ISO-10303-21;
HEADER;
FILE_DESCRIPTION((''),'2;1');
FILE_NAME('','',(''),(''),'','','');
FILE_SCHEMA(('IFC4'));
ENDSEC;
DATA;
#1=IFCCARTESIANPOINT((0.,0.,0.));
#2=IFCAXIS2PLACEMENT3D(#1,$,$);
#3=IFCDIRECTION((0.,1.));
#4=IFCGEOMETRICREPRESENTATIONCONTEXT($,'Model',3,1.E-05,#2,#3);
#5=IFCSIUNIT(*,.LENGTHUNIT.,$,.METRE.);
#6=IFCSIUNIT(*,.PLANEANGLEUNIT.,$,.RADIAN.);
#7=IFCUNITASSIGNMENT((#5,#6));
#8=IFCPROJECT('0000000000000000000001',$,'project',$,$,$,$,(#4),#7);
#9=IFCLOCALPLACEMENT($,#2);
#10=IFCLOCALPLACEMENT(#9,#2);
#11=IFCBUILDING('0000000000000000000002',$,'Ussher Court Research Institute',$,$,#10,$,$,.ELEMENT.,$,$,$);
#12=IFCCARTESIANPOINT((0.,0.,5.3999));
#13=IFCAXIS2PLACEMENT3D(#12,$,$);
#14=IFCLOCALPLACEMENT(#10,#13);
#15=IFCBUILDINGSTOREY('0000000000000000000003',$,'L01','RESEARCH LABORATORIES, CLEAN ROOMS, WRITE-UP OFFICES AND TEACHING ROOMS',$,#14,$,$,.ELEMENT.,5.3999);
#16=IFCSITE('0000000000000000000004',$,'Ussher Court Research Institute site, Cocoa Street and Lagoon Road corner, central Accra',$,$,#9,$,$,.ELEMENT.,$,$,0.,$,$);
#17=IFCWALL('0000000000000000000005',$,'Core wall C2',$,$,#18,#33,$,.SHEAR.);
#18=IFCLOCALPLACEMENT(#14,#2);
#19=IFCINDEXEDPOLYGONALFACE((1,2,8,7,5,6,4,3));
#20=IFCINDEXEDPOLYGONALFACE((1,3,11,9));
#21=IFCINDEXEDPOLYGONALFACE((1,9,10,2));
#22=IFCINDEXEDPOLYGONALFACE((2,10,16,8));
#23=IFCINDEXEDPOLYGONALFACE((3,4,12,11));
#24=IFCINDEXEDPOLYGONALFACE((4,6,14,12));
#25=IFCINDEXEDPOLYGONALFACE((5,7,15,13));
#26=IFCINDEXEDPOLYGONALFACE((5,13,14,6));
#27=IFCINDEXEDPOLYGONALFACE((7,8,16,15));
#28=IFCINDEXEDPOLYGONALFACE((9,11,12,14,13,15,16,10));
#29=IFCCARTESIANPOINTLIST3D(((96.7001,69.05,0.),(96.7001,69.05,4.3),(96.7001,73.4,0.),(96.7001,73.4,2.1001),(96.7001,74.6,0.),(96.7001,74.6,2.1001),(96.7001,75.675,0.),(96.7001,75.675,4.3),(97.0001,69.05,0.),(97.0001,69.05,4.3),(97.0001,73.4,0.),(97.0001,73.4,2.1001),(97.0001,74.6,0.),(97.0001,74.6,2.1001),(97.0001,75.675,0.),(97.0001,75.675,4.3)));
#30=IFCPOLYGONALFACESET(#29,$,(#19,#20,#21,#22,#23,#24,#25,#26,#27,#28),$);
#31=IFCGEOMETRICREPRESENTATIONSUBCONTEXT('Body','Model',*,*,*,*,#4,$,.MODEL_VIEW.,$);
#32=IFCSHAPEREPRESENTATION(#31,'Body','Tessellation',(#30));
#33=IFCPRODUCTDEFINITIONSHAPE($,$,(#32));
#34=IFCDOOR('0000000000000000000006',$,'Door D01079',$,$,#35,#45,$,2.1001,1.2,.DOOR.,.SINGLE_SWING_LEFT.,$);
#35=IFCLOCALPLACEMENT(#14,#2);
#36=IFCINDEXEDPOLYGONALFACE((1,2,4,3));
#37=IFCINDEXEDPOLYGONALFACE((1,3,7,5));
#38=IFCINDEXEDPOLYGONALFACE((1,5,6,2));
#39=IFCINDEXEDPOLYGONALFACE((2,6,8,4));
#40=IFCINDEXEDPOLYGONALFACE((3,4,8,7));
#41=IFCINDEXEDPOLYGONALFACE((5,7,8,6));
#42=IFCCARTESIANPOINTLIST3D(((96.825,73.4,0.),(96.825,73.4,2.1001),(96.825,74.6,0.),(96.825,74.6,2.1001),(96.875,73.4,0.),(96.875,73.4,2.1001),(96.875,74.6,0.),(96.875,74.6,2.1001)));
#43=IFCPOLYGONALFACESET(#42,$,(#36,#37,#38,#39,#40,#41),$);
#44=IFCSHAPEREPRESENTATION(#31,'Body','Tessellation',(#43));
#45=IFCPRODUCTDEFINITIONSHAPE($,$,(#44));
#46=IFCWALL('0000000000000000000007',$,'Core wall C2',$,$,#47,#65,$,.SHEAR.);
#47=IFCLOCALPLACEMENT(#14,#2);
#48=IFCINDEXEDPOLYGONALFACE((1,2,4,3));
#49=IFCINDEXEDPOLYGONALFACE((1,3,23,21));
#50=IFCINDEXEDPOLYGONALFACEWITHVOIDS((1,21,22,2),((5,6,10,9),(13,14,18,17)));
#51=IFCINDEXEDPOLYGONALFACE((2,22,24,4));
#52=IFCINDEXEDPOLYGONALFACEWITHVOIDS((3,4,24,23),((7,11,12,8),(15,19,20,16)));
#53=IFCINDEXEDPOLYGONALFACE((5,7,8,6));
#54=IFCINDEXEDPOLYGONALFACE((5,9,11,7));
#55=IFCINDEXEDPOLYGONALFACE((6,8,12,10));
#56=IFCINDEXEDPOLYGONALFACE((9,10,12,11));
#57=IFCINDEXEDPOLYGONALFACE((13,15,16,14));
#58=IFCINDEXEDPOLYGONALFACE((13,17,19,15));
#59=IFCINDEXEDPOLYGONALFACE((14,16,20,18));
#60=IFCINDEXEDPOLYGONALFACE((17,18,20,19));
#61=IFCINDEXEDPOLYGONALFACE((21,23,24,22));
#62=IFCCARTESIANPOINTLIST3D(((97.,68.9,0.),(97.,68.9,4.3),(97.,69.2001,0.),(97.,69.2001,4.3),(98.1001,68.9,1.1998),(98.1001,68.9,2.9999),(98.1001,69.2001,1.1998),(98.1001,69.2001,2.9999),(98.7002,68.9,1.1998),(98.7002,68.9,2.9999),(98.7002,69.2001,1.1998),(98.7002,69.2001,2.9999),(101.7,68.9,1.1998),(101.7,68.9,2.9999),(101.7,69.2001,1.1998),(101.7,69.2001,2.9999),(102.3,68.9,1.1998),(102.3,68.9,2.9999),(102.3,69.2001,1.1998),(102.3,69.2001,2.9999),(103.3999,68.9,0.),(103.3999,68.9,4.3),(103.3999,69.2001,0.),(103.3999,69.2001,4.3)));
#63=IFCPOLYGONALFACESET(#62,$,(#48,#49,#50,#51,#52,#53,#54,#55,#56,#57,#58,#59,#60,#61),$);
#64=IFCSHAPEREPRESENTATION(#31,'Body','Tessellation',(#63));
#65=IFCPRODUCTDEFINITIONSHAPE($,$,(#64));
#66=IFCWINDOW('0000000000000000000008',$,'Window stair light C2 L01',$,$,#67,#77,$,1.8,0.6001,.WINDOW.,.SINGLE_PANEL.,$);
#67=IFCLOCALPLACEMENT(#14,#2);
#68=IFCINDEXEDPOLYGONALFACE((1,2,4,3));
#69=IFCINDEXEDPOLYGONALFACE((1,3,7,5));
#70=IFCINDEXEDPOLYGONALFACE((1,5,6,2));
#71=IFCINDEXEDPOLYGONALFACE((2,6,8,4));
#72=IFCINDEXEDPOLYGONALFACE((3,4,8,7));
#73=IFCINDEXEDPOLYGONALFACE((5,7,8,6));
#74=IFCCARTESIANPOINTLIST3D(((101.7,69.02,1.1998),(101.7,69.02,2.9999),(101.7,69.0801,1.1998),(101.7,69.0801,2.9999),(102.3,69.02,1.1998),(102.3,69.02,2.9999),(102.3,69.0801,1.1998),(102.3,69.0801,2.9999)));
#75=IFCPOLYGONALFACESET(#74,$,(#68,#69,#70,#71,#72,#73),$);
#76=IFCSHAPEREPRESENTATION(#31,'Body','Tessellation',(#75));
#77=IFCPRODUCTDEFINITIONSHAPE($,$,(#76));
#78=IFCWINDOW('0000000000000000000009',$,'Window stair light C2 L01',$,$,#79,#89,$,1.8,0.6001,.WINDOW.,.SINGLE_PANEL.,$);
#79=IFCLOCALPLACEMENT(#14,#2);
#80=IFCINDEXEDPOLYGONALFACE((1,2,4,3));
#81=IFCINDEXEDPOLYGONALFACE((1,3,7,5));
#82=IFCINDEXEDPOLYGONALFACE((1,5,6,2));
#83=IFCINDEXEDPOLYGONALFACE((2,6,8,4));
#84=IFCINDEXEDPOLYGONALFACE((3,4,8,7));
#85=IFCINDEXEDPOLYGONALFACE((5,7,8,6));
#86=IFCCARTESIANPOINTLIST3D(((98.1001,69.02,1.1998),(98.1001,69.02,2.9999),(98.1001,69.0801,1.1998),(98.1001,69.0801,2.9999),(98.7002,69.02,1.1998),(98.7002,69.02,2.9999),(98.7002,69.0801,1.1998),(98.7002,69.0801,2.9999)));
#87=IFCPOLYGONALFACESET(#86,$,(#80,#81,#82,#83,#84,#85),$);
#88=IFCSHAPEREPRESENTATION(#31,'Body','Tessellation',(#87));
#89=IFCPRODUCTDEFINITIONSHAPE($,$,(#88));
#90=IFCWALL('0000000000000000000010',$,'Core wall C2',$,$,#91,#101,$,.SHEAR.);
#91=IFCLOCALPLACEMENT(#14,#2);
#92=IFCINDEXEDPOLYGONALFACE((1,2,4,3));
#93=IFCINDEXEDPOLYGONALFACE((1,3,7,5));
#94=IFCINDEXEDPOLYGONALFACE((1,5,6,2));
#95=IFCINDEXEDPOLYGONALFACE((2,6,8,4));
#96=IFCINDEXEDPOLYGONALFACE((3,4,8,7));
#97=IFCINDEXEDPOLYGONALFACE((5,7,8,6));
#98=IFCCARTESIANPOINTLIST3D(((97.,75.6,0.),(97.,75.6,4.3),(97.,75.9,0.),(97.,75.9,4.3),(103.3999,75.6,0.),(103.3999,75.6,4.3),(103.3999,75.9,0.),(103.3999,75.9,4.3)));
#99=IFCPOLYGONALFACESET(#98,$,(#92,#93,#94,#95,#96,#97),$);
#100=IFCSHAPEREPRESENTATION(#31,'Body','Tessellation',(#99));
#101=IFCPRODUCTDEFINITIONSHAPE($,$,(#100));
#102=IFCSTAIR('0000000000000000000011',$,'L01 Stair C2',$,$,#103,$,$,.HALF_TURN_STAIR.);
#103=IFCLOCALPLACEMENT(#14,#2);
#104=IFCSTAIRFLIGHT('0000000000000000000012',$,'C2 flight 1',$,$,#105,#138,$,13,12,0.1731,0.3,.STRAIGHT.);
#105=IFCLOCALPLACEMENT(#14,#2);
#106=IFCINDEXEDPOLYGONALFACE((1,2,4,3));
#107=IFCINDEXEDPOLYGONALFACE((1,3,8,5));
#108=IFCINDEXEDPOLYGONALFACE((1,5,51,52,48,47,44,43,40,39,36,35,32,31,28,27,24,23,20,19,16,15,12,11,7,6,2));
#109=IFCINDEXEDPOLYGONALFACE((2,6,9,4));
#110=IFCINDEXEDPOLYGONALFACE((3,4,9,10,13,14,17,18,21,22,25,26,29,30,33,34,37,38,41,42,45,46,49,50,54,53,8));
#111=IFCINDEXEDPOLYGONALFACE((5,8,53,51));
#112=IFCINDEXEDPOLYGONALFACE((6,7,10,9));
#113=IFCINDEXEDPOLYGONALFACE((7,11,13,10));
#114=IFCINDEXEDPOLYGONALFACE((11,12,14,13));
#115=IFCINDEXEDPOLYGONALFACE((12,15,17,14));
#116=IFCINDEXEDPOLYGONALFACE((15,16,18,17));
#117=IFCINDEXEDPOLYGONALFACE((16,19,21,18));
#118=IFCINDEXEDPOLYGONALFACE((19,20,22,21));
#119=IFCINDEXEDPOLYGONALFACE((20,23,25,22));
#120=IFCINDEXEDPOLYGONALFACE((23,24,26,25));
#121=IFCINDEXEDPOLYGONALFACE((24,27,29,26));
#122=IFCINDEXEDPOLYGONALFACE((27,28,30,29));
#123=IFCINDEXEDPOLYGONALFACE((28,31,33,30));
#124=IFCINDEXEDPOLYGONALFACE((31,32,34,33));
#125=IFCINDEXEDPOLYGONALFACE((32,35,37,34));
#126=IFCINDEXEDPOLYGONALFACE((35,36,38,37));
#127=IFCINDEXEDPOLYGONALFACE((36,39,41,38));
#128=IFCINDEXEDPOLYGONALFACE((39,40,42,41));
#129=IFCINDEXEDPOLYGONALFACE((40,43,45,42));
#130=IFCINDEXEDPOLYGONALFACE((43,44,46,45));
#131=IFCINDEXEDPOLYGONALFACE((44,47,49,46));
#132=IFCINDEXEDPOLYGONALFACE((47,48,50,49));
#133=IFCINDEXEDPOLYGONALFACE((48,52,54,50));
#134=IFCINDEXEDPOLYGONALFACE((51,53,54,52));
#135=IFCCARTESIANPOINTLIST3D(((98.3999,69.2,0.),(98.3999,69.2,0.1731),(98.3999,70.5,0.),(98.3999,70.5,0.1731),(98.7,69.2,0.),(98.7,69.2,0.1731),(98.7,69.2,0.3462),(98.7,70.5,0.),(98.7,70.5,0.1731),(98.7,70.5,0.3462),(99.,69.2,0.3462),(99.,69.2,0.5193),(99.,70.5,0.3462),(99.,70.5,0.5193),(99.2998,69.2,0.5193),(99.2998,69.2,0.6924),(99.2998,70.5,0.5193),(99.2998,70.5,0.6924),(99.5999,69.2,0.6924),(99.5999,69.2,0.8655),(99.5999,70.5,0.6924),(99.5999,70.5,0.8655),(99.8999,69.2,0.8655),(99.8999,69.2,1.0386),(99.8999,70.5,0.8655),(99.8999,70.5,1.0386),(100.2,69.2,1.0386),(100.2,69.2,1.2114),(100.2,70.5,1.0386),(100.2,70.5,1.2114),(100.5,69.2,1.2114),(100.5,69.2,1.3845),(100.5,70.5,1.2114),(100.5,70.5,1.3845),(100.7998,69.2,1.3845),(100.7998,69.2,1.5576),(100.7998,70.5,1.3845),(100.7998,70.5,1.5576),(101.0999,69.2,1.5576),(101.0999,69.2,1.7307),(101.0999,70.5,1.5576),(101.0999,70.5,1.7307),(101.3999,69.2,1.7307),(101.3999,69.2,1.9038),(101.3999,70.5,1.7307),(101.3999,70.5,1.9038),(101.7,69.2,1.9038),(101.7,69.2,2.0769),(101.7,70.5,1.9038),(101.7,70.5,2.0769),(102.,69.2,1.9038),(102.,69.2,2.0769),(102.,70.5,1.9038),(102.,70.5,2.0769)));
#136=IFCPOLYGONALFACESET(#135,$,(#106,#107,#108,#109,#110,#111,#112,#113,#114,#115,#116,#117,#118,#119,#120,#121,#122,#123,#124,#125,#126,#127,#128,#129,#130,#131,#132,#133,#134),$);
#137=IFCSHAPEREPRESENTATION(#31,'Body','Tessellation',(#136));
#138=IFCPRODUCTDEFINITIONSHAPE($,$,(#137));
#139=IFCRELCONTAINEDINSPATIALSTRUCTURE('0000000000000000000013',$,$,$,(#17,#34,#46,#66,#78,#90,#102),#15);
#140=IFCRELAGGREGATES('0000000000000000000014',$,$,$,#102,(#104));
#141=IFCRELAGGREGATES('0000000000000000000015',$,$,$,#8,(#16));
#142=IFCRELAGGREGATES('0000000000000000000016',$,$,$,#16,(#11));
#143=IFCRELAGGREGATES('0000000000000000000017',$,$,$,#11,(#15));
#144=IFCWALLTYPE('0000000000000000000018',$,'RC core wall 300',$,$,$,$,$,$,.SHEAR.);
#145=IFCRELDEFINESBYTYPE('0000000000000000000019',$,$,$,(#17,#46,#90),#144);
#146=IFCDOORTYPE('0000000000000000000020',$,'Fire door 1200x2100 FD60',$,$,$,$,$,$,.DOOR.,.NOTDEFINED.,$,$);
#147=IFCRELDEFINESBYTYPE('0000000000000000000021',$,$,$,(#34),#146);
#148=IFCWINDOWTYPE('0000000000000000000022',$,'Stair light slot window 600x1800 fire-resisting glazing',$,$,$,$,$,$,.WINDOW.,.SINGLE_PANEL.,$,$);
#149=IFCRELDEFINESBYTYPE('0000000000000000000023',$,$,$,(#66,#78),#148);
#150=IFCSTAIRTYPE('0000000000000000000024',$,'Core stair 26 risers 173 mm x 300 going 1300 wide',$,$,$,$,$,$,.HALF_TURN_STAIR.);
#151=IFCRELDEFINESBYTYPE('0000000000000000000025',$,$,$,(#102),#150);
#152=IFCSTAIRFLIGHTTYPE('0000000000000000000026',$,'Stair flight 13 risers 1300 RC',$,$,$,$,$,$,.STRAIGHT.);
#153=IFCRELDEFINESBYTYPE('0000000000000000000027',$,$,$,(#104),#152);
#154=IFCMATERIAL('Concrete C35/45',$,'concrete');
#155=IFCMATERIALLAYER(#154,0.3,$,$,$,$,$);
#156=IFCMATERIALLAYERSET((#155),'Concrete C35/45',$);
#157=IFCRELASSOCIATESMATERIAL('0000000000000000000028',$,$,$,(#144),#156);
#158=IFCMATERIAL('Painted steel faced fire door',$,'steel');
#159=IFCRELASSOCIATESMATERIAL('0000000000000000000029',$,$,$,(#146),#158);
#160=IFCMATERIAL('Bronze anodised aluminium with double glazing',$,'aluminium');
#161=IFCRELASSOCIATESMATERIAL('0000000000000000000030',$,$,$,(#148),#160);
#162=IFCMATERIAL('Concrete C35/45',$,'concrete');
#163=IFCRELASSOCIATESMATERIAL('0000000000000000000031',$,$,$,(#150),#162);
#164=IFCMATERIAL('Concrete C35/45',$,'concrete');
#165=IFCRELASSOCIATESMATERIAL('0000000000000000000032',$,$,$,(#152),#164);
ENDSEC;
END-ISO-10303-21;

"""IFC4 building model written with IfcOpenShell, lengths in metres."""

from ifc_helpers import new_model, si_unit, direction, frame, frame_2d, origin, place, context, subcontext, project, spatial, polyline, rectangle, outline, extrude, material, layer, layer_set, type_object, element, fill, aggregate, save


model = new_model("IFC4")

# Units and contexts
model_context = context("Model", 3, precision=1e-05, world=origin(), true_north=direction((0.0, 1.0)))
body_context = subcontext(model_context, "Body", "Model", "MODEL_VIEW")
ifc_project = project(units=[si_unit("LENGTHUNIT", "METRE"), si_unit("PLANEANGLEUNIT", "RADIAN")], contexts=[model_context])

# Site, building, storey
site_placement = place(None, origin())
site = spatial("IfcSite", under=ifc_project, at=site_placement, Name="Ussher Court Research Institute site, Cocoa Street and Lagoon Road corner, central Accra", CompositionType="ELEMENT", RefElevation=0.0)
building_placement = place(site_placement, origin())
building = spatial("IfcBuilding", under=site, at=building_placement, Name="Ussher Court Research Institute", CompositionType="ELEMENT")
storey_placement = place(building_placement, frame((0.0, 0.0, 5.3999)))
storey = spatial("IfcBuildingStorey", under=building, at=storey_placement, Name="L01", Description="RESEARCH LABORATORIES, CLEAN ROOMS, WRITE-UP OFFICES AND TEACHING ROOMS", CompositionType="ELEMENT", Elevation=5.3999)

# Wall, opening, door
ifc_material_1 = material(Name="Concrete C35/45", Category="concrete")
ifc_layer_1 = layer(ifc_material_1, 0.3)
ifc_layer_set_1 = layer_set([ifc_layer_1], Name="Concrete C35/45")
wall_type_1 = type_object("IfcWallType", Name="RC core wall 300", PredefinedType="SHEAR", material=ifc_layer_set_1)
wall_1_placement = place(storey_placement, frame((96.8501, 75.675, 0.0), z_axis=(0.0, 0.0, 1.0), x_axis=(0.0, -1.0, 0.0)))
wall_1 = element("IfcWall", 1, at=wall_1_placement, inside=storey, type_object=wall_type_1, Name="Core wall C2", PredefinedType="SHEAR", context=body_context, shape_type="SweptSolid", body=[
    extrude(rectangle(XDim=6.625, YDim=0.3, at=frame_2d((3.3125, 0.0))), origin(), (0.0, 0.0, 1.0), 4.3),
])
opening_1_placement = place(wall_1_placement, frame((1.075, 0.0, 0.0)))
opening_1 = element("IfcOpeningElement", 2, at=opening_1_placement, cuts=wall_1, PredefinedType="OPENING", context=body_context, shape_type="SweptSolid", body=[
    extrude(rectangle(XDim=1.2, YDim=2.1001, at=frame_2d((0.6001, 1.05))), frame((0.0, 0.1602, 0.0), z_axis=(0.0, -1.0, 0.0), x_axis=(1.0, 0.0, 0.0)), (0.0, 0.0, 1.0), 0.3201),
])
ifc_material_2 = material(Name="Painted steel faced fire door", Category="steel")
door_type_1 = type_object("IfcDoorType", Name="Fire door 1200x2100 FD60", OperationType="NOTDEFINED", PredefinedType="DOOR", material=ifc_material_2)
door_1_placement = place(opening_1_placement, origin())
door_1 = element("IfcDoor", 3, at=door_1_placement, inside=storey, type_object=door_type_1, Name="Door D01079", OperationType="SINGLE_SWING_LEFT", OverallHeight=2.1001, OverallWidth=1.2, PredefinedType="DOOR", context=body_context, shape_type="SweptSolid", body=[
    extrude(rectangle(XDim=1.2, YDim=2.1001, at=frame_2d((0.6001, 1.05))), frame((0.0, 0.0249, 0.0), z_axis=(0.0, -1.0, 0.0), x_axis=(1.0, 0.0, 0.0)), (0.0, 0.0, 1.0), 0.05),
])
fill(opening_1, door_1)

# Wall, openings, windows
wall_2_placement = place(storey_placement, frame((97.0, 69.05, 0.0), z_axis=(0.0, 0.0, 1.0), x_axis=(1.0, 0.0, 0.0)))
wall_2 = element("IfcWall", 4, at=wall_2_placement, inside=storey, type_object=wall_type_1, Name="Core wall C2", PredefinedType="SHEAR", context=body_context, shape_type="SweptSolid", body=[
    extrude(rectangle(XDim=6.3999, YDim=0.3, at=frame_2d((3.2, 0.0))), origin(), (0.0, 0.0, 1.0), 4.3),
])
opening_2_placement = place(wall_2_placement, frame((4.7, 0.0, 1.2)))
opening_2 = element("IfcOpeningElement", 5, at=opening_2_placement, cuts=wall_2, PredefinedType="OPENING", context=body_context, shape_type="SweptSolid", body=[
    extrude(rectangle(XDim=0.6001, YDim=1.8, at=frame_2d((0.3, 0.8999))), frame((0.0, 0.1602, 0.0), z_axis=(0.0, -1.0, 0.0), x_axis=(1.0, 0.0, 0.0)), (0.0, 0.0, 1.0), 0.3201),
])
opening_3_placement = place(wall_2_placement, frame((1.1001, 0.0, 1.2)))
opening_3 = element("IfcOpeningElement", 6, at=opening_3_placement, cuts=wall_2, PredefinedType="OPENING", context=body_context, shape_type="SweptSolid", body=[
    extrude(rectangle(XDim=0.6001, YDim=1.8, at=frame_2d((0.3, 0.8999))), frame((0.0, 0.1602, 0.0), z_axis=(0.0, -1.0, 0.0), x_axis=(1.0, 0.0, 0.0)), (0.0, 0.0, 1.0), 0.3201),
])
ifc_material_3 = material(Name="Bronze anodised aluminium with double glazing", Category="aluminium")
window_type_1 = type_object("IfcWindowType", Name="Stair light slot window 600x1800 fire-resisting glazing", PartitioningType="SINGLE_PANEL", PredefinedType="WINDOW", material=ifc_material_3)
window_1_placement = place(opening_2_placement, origin())
window_1 = element("IfcWindow", 7, at=window_1_placement, inside=storey, type_object=window_type_1, Name="Window stair light C2 L01", OverallHeight=1.8, OverallWidth=0.6001, PartitioningType="SINGLE_PANEL", PredefinedType="WINDOW", context=body_context, shape_type="SweptSolid", body=[
    extrude(rectangle(XDim=0.6001, YDim=1.8, at=frame_2d((0.3, 0.8999))), frame((0.0, 0.03, 0.0), z_axis=(0.0, -1.0, 0.0), x_axis=(1.0, 0.0, 0.0)), (0.0, 0.0, 1.0), 0.0601),
])
fill(opening_2, window_1)
window_2_placement = place(opening_3_placement, origin())
window_2 = element("IfcWindow", 8, at=window_2_placement, inside=storey, type_object=window_type_1, Name="Window stair light C2 L01", OverallHeight=1.8, OverallWidth=0.6001, PartitioningType="SINGLE_PANEL", PredefinedType="WINDOW", context=body_context, shape_type="SweptSolid", body=[
    extrude(rectangle(XDim=0.6001, YDim=1.8, at=frame_2d((0.3, 0.8999))), frame((0.0, 0.03, 0.0), z_axis=(0.0, -1.0, 0.0), x_axis=(1.0, 0.0, 0.0)), (0.0, 0.0, 1.0), 0.0601),
])
fill(opening_3, window_2)

# Wall
wall_3_placement = place(storey_placement, frame((97.0, 75.75, 0.0), z_axis=(0.0, 0.0, 1.0), x_axis=(1.0, 0.0, 0.0)))
element("IfcWall", 9, at=wall_3_placement, inside=storey, type_object=wall_type_1, Name="Core wall C2", PredefinedType="SHEAR", context=body_context, shape_type="SweptSolid", body=[
    extrude(rectangle(XDim=6.3999, YDim=0.3, at=frame_2d((3.2, 0.0))), origin(), (0.0, 0.0, 1.0), 4.3),
])

# Stair, stair flight
ifc_material_4 = material(Name="Concrete C35/45", Category="concrete")
stair_type = type_object("IfcStairType", Name="Core stair 26 risers 173 mm x 300 going 1300 wide", PredefinedType="HALF_TURN_STAIR", material=ifc_material_4)
stair_placement = place(storey_placement, origin())
stair = element("IfcStair", 10, at=stair_placement, inside=storey, type_object=stair_type, Name="L01 Stair C2", PredefinedType="HALF_TURN_STAIR")
ifc_material_5 = material(Name="Concrete C35/45", Category="concrete")
stair_flight_type = type_object("IfcStairFlightType", Name="Stair flight 13 risers 1300 RC", PredefinedType="STRAIGHT", material=ifc_material_5)
stair_flight_placement = place(storey_placement, frame((98.3999, 69.8501, 0.0), z_axis=(0.0, 0.0, 1.0), x_axis=(1.0, 0.0, 0.0)))
stair_flight = element("IfcStairFlight", 11, at=stair_flight_placement, type_object=stair_flight_type, Name="C2 flight 1", NumberOfRisers=13, NumberOfTreads=12, PredefinedType="STRAIGHT", RiserHeight=0.1731, TreadLength=0.3, context=body_context, shape_type="SweptSolid", body=[
    extrude(outline(polyline([(0.0, 0.0), (0.0, 0.1731), (0.3, 0.1731), (0.3, 0.3462), (0.6001, 0.3462), (0.6001, 0.5193), (0.8999, 0.5193), (0.8999, 0.6924), (1.2, 0.6924), (1.2, 0.8655), (1.5, 0.8655), (1.5, 1.0386), (1.8, 1.0386), (1.8, 1.2114), (2.1001, 1.2114), (2.1001, 1.3845), (2.3999, 1.3845), (2.3999, 1.5576), (2.7, 1.5576), (2.7, 1.7307), (3.0, 1.7307), (3.0, 1.9038), (3.3, 1.9038), (3.3, 2.0769), (3.6001, 2.0769), (3.6001, 2.25), (3.6001, 1.9038), (0.3, 0.0), (0.0, 0.0)])), frame((0.0, 0.6499, 0.0), z_axis=(0.0, -1.0, 0.0), x_axis=(1.0, 0.0, 0.0)), (0.0, 0.0, 1.0), 1.3),
])
aggregate(stair, [stair_flight])

save(model, "model.ifc")
